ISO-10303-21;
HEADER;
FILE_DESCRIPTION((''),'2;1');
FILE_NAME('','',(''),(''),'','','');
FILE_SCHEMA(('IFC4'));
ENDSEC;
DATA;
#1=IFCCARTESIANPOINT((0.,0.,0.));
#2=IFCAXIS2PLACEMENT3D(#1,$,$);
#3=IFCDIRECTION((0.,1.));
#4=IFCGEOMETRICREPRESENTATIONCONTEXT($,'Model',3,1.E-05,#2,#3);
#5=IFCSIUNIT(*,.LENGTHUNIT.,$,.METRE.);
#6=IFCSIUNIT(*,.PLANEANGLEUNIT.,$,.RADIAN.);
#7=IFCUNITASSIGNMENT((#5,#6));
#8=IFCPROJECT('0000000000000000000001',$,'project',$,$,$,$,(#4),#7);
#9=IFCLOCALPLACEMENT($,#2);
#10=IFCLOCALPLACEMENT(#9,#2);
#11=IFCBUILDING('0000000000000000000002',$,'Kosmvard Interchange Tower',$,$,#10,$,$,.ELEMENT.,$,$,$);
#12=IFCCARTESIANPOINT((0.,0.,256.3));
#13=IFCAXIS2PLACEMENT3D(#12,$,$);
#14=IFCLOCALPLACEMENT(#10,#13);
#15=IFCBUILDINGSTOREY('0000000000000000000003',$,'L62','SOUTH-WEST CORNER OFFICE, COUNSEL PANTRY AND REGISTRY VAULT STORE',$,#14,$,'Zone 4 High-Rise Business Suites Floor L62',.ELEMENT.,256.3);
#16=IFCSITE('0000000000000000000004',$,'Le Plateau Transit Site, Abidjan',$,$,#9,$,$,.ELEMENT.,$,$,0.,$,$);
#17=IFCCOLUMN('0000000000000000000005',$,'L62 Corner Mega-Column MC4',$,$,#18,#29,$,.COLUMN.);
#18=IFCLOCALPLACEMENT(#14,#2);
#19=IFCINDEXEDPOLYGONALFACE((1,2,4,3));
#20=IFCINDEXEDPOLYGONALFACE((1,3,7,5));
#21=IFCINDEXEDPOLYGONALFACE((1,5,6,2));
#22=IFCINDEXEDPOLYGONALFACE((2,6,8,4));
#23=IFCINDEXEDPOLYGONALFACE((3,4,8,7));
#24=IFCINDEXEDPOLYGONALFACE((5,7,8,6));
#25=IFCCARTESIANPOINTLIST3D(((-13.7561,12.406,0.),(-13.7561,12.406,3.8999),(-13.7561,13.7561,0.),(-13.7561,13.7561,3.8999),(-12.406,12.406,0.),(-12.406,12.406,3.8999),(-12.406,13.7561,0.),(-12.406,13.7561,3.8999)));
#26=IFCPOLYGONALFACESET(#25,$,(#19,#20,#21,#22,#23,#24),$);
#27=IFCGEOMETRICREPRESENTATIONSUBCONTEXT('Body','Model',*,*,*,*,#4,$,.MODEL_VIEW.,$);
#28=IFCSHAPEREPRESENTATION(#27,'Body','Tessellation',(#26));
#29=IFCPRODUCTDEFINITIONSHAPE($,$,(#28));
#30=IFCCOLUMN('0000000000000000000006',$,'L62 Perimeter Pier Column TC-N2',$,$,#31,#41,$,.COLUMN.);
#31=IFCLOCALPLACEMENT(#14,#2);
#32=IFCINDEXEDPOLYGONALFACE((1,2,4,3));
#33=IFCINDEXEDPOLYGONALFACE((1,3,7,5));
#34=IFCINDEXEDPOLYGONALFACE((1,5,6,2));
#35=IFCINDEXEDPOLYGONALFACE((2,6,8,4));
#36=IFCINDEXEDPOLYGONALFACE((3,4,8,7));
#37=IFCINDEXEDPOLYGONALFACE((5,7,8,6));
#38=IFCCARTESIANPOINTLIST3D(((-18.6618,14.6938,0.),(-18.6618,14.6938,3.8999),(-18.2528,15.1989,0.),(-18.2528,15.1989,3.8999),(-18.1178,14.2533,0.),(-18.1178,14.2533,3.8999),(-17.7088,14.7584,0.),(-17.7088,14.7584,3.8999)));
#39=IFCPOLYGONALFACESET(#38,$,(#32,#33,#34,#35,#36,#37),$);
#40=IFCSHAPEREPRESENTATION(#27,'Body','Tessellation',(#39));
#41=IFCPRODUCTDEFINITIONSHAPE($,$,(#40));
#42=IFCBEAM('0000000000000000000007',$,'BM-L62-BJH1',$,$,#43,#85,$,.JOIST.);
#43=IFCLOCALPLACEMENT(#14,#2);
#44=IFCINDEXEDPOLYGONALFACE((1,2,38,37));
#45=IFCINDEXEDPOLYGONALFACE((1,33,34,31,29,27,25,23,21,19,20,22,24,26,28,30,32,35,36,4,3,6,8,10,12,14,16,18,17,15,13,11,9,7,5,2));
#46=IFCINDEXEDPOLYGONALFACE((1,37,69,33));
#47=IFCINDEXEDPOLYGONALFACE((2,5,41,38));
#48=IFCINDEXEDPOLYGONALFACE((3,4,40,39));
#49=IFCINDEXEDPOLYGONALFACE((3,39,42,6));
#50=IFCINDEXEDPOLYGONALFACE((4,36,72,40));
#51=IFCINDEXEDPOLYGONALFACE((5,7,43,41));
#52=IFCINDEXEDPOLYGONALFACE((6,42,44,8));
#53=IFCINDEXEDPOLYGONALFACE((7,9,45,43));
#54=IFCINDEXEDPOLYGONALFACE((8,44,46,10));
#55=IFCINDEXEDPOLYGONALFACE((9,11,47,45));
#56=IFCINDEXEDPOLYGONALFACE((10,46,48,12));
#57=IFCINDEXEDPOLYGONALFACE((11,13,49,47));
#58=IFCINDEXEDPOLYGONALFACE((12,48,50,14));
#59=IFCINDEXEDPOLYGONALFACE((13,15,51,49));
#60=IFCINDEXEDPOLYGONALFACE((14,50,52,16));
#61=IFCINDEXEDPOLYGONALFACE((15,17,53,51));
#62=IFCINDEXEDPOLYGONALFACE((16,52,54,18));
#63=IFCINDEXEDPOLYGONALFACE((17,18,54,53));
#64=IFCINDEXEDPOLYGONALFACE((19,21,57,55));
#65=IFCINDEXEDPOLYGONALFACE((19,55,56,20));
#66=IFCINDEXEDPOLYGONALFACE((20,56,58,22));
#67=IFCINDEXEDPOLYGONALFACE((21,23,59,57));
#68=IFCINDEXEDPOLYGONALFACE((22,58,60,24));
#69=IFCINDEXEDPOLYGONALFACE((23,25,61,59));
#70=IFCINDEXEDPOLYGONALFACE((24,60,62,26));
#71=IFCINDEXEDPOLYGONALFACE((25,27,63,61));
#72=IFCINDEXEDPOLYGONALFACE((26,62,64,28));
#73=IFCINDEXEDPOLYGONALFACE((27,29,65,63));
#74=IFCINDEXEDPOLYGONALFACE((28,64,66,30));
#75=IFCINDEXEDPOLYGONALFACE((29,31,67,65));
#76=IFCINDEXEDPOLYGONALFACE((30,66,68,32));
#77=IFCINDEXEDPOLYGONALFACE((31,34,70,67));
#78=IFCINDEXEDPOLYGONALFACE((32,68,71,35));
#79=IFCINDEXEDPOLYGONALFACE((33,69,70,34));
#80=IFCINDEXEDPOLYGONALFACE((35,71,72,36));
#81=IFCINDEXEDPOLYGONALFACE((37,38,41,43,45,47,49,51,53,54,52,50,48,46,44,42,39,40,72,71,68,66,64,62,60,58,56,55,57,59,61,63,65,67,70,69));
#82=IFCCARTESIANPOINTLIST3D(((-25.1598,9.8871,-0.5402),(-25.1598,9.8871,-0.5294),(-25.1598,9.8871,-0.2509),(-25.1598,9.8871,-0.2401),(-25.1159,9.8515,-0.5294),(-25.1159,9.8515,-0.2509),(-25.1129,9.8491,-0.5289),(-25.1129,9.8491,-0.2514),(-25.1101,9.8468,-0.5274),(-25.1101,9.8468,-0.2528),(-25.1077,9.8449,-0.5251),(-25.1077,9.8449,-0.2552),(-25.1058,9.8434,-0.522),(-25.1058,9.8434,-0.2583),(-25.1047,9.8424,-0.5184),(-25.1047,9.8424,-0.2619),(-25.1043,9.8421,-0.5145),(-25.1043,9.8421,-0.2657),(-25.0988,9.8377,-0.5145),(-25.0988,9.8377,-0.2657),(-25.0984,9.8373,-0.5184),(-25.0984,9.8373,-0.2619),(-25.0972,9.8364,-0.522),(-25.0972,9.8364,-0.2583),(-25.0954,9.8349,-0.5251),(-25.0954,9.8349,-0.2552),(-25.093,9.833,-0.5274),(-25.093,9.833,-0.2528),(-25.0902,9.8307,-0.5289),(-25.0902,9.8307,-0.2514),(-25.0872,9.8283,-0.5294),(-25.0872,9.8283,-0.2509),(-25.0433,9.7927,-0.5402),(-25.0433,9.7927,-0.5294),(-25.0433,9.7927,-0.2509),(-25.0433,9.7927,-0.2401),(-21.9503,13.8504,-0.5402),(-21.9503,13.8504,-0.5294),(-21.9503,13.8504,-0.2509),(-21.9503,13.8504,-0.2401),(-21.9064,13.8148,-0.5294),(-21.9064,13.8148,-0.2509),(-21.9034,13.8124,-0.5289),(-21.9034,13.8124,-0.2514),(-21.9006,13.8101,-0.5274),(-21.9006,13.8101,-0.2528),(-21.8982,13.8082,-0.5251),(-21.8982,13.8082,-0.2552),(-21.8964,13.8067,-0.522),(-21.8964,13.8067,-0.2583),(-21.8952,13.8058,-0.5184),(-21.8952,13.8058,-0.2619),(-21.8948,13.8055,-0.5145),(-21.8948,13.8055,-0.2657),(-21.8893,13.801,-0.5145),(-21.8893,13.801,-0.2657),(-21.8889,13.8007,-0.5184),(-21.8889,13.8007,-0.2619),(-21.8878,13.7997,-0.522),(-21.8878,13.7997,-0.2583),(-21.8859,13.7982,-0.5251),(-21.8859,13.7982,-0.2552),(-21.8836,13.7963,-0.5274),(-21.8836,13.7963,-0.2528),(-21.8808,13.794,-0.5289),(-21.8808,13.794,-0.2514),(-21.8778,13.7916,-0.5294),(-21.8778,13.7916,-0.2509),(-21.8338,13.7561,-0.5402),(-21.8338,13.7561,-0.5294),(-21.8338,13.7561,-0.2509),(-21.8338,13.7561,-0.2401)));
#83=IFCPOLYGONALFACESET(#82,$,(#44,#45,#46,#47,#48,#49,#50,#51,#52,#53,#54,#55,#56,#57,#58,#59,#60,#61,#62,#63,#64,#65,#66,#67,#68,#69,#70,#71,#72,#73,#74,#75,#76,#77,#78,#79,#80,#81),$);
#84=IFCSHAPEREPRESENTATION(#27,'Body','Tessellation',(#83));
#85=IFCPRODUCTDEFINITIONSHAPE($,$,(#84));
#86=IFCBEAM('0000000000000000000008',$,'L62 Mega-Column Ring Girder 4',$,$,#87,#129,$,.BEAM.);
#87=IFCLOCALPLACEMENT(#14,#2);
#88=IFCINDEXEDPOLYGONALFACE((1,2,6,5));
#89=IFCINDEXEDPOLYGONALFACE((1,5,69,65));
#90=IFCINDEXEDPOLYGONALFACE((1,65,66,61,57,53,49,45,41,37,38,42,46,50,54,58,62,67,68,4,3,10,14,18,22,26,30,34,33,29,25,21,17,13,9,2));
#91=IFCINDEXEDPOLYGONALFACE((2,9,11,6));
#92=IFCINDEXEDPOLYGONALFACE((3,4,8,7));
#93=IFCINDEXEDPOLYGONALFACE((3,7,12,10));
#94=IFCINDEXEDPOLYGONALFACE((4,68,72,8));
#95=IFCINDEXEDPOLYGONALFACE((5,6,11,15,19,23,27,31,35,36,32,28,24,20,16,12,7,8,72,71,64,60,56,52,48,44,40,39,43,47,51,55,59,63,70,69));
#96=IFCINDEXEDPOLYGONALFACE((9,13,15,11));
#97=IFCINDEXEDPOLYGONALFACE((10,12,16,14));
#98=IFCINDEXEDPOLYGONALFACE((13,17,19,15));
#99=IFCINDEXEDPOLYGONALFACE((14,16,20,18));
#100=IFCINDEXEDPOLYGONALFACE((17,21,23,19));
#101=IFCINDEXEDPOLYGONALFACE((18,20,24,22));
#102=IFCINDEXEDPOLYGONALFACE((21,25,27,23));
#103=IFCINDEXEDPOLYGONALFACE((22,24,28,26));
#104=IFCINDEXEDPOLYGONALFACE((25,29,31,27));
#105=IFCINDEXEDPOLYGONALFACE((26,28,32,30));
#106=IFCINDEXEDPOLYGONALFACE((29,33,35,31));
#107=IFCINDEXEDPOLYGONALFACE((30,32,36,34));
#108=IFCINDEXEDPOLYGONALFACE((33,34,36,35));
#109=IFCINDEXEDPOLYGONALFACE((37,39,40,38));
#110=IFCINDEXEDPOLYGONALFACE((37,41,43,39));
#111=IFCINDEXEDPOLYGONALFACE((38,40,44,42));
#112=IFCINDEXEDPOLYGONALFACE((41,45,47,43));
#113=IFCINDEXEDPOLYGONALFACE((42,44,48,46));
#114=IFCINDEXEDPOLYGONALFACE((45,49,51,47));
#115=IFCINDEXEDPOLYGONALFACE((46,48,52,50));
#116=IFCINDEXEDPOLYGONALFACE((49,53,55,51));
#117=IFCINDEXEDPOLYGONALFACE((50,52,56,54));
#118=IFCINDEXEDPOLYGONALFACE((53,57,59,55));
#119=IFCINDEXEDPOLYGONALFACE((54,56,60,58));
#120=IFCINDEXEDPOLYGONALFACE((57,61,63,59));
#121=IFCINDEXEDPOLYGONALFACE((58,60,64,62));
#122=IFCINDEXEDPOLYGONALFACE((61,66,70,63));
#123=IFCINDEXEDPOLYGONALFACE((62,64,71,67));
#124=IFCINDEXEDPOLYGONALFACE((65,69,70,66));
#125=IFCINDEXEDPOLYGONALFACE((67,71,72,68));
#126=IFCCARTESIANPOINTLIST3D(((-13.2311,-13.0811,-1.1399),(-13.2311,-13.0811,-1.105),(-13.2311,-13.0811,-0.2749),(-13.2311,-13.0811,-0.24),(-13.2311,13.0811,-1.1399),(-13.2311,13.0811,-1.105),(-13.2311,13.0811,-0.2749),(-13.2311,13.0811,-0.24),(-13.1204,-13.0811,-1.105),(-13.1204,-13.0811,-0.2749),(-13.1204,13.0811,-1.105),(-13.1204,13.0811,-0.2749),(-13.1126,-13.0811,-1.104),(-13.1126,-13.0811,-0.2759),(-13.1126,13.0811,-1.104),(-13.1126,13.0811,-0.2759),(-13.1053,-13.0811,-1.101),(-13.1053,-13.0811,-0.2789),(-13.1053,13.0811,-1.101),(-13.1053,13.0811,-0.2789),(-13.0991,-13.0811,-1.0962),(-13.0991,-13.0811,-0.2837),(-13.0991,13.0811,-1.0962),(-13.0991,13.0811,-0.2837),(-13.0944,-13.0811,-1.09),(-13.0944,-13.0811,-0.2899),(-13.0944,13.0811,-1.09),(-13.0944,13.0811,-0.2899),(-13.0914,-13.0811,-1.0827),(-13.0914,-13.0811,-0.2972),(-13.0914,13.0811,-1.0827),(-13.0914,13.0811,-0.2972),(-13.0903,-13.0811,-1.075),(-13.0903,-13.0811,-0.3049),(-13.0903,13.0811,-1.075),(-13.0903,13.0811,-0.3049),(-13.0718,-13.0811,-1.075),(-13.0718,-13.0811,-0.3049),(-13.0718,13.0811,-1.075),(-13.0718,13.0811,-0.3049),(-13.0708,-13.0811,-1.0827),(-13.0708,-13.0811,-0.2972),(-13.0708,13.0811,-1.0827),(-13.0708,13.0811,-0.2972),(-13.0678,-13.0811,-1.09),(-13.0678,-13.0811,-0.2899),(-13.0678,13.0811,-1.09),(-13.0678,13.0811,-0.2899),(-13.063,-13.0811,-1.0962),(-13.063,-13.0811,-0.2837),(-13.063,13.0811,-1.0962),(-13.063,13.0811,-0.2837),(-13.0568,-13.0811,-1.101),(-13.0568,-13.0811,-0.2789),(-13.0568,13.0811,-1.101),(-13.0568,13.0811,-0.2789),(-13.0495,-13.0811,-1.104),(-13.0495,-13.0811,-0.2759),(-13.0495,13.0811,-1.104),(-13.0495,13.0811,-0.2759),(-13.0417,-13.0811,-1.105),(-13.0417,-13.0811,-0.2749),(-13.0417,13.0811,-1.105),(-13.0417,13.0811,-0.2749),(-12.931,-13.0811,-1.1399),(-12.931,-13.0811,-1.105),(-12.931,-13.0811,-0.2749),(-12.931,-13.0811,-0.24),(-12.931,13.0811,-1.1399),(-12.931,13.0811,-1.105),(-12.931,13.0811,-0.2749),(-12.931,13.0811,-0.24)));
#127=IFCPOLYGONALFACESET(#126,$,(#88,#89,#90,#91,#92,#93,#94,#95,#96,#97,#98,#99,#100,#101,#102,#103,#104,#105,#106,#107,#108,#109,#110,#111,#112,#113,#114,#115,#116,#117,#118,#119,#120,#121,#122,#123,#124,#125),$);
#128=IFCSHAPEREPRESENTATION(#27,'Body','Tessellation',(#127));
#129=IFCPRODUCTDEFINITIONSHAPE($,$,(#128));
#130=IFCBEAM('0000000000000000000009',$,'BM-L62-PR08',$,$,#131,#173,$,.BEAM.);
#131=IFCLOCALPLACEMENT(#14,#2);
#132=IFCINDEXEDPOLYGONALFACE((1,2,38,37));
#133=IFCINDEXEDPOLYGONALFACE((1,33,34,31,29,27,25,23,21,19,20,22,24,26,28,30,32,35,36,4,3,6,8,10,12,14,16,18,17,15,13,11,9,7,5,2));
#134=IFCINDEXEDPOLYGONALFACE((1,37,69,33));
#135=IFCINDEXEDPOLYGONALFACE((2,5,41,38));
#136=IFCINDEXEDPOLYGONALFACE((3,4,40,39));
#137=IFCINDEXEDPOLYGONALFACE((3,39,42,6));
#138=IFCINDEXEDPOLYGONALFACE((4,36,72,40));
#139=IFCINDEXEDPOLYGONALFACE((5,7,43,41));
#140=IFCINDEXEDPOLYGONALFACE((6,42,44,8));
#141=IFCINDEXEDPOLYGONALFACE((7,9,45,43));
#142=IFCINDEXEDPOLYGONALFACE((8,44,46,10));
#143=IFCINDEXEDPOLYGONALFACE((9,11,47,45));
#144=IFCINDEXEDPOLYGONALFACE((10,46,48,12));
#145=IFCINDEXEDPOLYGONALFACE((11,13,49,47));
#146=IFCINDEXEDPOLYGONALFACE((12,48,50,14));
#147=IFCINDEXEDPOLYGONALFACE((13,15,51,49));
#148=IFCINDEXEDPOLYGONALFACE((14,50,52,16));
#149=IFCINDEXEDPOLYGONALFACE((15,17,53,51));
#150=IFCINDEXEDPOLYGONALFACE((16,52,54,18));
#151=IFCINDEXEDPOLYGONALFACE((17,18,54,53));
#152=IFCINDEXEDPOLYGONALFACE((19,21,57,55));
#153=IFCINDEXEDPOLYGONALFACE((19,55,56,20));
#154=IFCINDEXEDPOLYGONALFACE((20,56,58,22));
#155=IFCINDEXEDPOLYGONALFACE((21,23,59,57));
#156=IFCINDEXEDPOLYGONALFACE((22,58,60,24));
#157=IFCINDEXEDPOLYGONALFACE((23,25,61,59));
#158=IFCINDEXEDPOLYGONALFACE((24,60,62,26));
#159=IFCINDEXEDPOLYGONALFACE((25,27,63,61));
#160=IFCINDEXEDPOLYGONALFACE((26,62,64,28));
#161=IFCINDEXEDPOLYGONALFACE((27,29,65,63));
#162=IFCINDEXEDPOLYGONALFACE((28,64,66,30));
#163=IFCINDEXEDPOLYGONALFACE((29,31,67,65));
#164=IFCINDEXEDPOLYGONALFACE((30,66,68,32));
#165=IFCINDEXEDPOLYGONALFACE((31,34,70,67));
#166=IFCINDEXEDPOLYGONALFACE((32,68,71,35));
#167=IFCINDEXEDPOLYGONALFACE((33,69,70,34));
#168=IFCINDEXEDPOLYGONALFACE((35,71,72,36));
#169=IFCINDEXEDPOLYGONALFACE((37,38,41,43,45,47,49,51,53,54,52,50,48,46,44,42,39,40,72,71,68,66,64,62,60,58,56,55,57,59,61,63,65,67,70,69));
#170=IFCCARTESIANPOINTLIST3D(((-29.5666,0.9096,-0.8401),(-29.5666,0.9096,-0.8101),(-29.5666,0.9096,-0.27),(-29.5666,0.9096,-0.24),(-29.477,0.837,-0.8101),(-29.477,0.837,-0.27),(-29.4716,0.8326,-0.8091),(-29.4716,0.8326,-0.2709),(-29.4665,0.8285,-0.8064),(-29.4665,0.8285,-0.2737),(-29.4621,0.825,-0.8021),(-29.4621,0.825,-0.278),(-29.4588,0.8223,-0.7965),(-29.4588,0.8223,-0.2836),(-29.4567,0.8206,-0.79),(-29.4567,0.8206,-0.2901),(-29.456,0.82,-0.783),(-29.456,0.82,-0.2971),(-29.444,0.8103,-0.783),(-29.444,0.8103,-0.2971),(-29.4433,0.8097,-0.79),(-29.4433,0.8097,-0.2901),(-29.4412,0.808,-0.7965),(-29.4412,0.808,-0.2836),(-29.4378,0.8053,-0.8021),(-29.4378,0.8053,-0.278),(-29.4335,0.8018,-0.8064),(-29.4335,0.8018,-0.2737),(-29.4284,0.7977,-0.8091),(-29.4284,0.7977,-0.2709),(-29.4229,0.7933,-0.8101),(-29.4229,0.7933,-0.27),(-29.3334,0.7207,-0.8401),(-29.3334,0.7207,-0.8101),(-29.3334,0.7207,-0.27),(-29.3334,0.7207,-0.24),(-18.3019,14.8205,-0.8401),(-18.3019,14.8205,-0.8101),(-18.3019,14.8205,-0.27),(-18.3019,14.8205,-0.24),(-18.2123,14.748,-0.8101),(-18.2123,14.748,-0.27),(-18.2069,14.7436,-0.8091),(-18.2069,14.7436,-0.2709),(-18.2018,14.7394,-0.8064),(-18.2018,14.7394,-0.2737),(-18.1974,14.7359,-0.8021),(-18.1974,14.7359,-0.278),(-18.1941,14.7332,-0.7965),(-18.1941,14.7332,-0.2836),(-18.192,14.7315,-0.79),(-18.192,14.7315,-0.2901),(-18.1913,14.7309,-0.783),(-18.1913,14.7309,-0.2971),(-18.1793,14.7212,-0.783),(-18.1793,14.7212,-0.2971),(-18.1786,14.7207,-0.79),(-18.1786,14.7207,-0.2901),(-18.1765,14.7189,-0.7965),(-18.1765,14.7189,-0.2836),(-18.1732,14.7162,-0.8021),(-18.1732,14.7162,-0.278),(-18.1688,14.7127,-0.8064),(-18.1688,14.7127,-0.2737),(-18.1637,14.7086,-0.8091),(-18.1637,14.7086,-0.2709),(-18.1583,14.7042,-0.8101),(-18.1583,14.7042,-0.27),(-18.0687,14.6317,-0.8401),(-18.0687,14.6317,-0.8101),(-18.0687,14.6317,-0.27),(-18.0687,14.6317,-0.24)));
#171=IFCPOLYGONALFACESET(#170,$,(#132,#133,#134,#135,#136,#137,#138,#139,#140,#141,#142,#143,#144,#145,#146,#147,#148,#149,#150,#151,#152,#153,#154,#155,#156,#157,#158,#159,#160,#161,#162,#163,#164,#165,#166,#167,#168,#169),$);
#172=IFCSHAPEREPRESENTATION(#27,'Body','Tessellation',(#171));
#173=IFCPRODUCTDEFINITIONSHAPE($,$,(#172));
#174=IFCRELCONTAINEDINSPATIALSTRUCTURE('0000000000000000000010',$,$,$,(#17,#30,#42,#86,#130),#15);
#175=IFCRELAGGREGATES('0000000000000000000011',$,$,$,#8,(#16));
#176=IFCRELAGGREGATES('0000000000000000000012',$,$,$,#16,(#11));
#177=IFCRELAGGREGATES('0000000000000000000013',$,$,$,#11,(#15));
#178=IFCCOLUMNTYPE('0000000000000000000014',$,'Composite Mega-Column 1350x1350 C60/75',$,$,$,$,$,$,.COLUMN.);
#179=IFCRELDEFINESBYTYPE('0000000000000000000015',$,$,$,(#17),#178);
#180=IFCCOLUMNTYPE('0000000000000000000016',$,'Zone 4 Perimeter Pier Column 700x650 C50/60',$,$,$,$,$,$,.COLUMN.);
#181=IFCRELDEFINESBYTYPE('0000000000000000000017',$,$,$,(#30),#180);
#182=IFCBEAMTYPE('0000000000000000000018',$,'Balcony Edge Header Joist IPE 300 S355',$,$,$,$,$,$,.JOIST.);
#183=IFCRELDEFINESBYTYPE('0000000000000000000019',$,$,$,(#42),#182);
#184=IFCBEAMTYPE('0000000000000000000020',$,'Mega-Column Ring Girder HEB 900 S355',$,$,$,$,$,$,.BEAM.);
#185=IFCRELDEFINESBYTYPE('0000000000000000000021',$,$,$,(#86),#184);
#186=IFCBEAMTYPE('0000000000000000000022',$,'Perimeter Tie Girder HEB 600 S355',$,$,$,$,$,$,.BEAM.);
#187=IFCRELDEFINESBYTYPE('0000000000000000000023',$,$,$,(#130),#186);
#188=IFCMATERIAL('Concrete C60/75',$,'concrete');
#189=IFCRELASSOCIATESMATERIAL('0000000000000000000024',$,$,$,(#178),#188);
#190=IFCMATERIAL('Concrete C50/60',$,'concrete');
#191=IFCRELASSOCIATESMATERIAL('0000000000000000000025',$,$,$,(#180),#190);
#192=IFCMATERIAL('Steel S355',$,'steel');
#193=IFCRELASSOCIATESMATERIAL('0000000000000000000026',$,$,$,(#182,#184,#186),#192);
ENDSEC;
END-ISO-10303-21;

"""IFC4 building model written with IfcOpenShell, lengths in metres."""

from ifc_helpers import new_model, si_unit, direction, frame, origin, origin_2d, place, context, subcontext, project, spatial, rectangle, i_section, extrude, source, transform, mapped, material, material_profile, profile_set, type_object, element, save


model = new_model("IFC4")

# Units and contexts
model_context = context("Model", 3, precision=1e-05, world=origin(), true_north=direction((0.0, 1.0)))
body_context = subcontext(model_context, "Body", "Model", "MODEL_VIEW")
ifc_project = project(units=[si_unit("LENGTHUNIT", "METRE"), si_unit("PLANEANGLEUNIT", "RADIAN")], contexts=[model_context])

# Site, building, storey
site_placement = place(None, origin())
site = spatial("IfcSite", under=ifc_project, at=site_placement, Name="Le Plateau Transit Site, Abidjan", CompositionType="ELEMENT", RefElevation=0.0)
building_placement = place(site_placement, origin())
building = spatial("IfcBuilding", under=site, at=building_placement, Name="Kosmvard Interchange Tower", CompositionType="ELEMENT")
storey_placement = place(building_placement, frame((0.0, 0.0, 256.3)))
storey = spatial("IfcBuildingStorey", under=building, at=storey_placement, Name="L62", Description="SOUTH-WEST CORNER OFFICE, COUNSEL PANTRY AND REGISTRY VAULT STORE", LongName="Zone 4 High-Rise Business Suites Floor L62", CompositionType="ELEMENT", Elevation=256.3)

# Columns
ifc_material_1 = material(Name="Concrete C60/75", Category="concrete")
ifc_material_profile_1 = material_profile(ifc_material_1, rectangle(XDim=1.3501, YDim=1.3501, at=origin_2d()), Name="MC 1350x1350")
ifc_profile_set_1 = profile_set([ifc_material_profile_1], Name="Concrete C60/75")
column_type_1 = type_object("IfcColumnType", Name="Composite Mega-Column 1350x1350 C60/75", PredefinedType="COLUMN", material=ifc_profile_set_1)
shared_shape_1 = source(origin(), body_context, "Body", "SweptSolid", [
    extrude(rectangle(XDim=1.3501, YDim=1.3501, at=origin_2d()), origin(), (0.0, 0.0, 1.0), 3.8999),
])
column_1_placement = place(storey_placement, frame((-13.0811, 13.0811, 0.0), z_axis=(0.0, 0.0, 1.0), x_axis=(1.0, 0.0, 0.0)))
element("IfcColumn", 1, at=column_1_placement, inside=storey, type_object=column_type_1, Name="L62 Corner Mega-Column MC4", PredefinedType="COLUMN", context=body_context, shape_type="MappedRepresentation", body=[
    mapped(shared_shape_1, transform((0.0, 0.0, 0.0), scale=1.0)),
])
ifc_material_2 = material(Name="Concrete C50/60", Category="concrete")
ifc_material_profile_2 = material_profile(ifc_material_2, rectangle(XDim=0.6499, YDim=0.7, at=origin_2d()), Name="TC 700x650")
ifc_profile_set_2 = profile_set([ifc_material_profile_2], Name="Concrete C50/60")
column_type_2 = type_object("IfcColumnType", Name="Zone 4 Perimeter Pier Column 700x650 C50/60", PredefinedType="COLUMN", material=ifc_profile_set_2)
shared_shape_2 = source(origin(), body_context, "Body", "SweptSolid", [
    extrude(rectangle(XDim=0.6499, YDim=0.7, at=origin_2d()), origin(), (0.0, 0.0, 1.0), 3.8999),
])
column_2_placement = place(storey_placement, frame((-18.1853, 14.7261, 0.0), z_axis=(0.0, 0.0, 1.0), x_axis=(0.62932, 0.777146, 0.0)))
element("IfcColumn", 2, at=column_2_placement, inside=storey, type_object=column_type_2, Name="L62 Perimeter Pier Column TC-N2", PredefinedType="COLUMN", context=body_context, shape_type="MappedRepresentation", body=[
    mapped(shared_shape_2, transform((0.0, 0.0, 0.0), scale=1.0)),
])

# Beams
ifc_material_3 = material(Name="Steel S355", Category="steel")
ifc_material_profile_3 = material_profile(ifc_material_3, i_section(OverallWidth=0.1499, OverallDepth=0.3, WebThickness=0.0071, FlangeThickness=0.0107, FilletRadius=0.0149, at=origin_2d()), Name="IPE 300")
ifc_profile_set_3 = profile_set([ifc_material_profile_3], Name="Steel S355")
beam_type_1 = type_object("IfcBeamType", Name="Balcony Edge Header Joist IPE 300 S355", PredefinedType="JOIST", material=ifc_profile_set_3)
shared_shape_3 = source(origin(), body_context, "Body", "SweptSolid", [
    extrude(i_section(OverallWidth=0.1499, OverallDepth=0.3, WebThickness=0.0071, FlangeThickness=0.0107, FilletRadius=0.0149, at=origin_2d()), origin(), (0.0, 0.0, 1.0), 5.0999),
])
beam_1_placement = place(storey_placement, frame((-21.8921, 13.8032, -0.3901), z_axis=(-0.629319, -0.777147, 0.0), x_axis=(0.777147, -0.629319, 0.0)))
element("IfcBeam", 3, at=beam_1_placement, inside=storey, type_object=beam_type_1, Name="BM-L62-BJH1", PredefinedType="JOIST", context=body_context, shape_type="MappedRepresentation", body=[
    mapped(shared_shape_3, transform((0.0, 0.0, 0.0), scale=1.0)),
])
ifc_material_profile_4 = material_profile(ifc_material_3, i_section(OverallWidth=0.3, OverallDepth=0.8999, WebThickness=0.0186, FlangeThickness=0.0349, FilletRadius=0.03, at=origin_2d()), Name="HEB 900")
ifc_profile_set_4 = profile_set([ifc_material_profile_4], Name="Steel S355")
beam_type_2 = type_object("IfcBeamType", Name="Mega-Column Ring Girder HEB 900 S355", PredefinedType="BEAM", material=ifc_profile_set_4)
shared_shape_4 = source(origin(), body_context, "Body", "SweptSolid", [
    extrude(i_section(OverallWidth=0.3, OverallDepth=0.8999, WebThickness=0.0186, FlangeThickness=0.0349, FilletRadius=0.03, at=origin_2d()), origin(), (0.0, 0.0, 1.0), 26.1621),
])
beam_2_placement = place(storey_placement, frame((-13.0811, 13.0811, -0.6899), z_axis=(0.0, -1.0, 0.0), x_axis=(1.0, 0.0, 0.0)))
element("IfcBeam", 4, at=beam_2_placement, inside=storey, type_object=beam_type_2, Name="L62 Mega-Column Ring Girder 4", PredefinedType="BEAM", context=body_context, shape_type="MappedRepresentation", body=[
    mapped(shared_shape_4, transform((0.0, 0.0, 0.0), scale=1.0)),
])
ifc_material_profile_5 = material_profile(ifc_material_3, i_section(OverallWidth=0.3, OverallDepth=0.6001, WebThickness=0.0154, FlangeThickness=0.03, FilletRadius=0.0271, at=origin_2d()), Name="HEB 600")
ifc_profile_set_5 = profile_set([ifc_material_profile_5], Name="Steel S355")
beam_type_3 = type_object("IfcBeamType", Name="Perimeter Tie Girder HEB 600 S355", PredefinedType="BEAM", material=ifc_profile_set_5)
shared_shape_5 = source(origin(), body_context, "Body", "SweptSolid", [
    extrude(i_section(OverallWidth=0.3, OverallDepth=0.6001, WebThickness=0.0154, FlangeThickness=0.03, FilletRadius=0.0271, at=origin_2d()), origin(), (0.0, 0.0, 1.0), 17.8999),
])
beam_3_placement = place(storey_placement, frame((-18.1853, 14.7261, -0.54), z_axis=(-0.629315, -0.777151, 0.0), x_axis=(0.777151, -0.629315, 0.0)))
element("IfcBeam", 5, at=beam_3_placement, inside=storey, type_object=beam_type_3, Name="BM-L62-PR08", PredefinedType="BEAM", context=body_context, shape_type="MappedRepresentation", body=[
    mapped(shared_shape_5, transform((0.0, 0.0, 0.0), scale=1.0)),
])

save(model, "model.ifc")
